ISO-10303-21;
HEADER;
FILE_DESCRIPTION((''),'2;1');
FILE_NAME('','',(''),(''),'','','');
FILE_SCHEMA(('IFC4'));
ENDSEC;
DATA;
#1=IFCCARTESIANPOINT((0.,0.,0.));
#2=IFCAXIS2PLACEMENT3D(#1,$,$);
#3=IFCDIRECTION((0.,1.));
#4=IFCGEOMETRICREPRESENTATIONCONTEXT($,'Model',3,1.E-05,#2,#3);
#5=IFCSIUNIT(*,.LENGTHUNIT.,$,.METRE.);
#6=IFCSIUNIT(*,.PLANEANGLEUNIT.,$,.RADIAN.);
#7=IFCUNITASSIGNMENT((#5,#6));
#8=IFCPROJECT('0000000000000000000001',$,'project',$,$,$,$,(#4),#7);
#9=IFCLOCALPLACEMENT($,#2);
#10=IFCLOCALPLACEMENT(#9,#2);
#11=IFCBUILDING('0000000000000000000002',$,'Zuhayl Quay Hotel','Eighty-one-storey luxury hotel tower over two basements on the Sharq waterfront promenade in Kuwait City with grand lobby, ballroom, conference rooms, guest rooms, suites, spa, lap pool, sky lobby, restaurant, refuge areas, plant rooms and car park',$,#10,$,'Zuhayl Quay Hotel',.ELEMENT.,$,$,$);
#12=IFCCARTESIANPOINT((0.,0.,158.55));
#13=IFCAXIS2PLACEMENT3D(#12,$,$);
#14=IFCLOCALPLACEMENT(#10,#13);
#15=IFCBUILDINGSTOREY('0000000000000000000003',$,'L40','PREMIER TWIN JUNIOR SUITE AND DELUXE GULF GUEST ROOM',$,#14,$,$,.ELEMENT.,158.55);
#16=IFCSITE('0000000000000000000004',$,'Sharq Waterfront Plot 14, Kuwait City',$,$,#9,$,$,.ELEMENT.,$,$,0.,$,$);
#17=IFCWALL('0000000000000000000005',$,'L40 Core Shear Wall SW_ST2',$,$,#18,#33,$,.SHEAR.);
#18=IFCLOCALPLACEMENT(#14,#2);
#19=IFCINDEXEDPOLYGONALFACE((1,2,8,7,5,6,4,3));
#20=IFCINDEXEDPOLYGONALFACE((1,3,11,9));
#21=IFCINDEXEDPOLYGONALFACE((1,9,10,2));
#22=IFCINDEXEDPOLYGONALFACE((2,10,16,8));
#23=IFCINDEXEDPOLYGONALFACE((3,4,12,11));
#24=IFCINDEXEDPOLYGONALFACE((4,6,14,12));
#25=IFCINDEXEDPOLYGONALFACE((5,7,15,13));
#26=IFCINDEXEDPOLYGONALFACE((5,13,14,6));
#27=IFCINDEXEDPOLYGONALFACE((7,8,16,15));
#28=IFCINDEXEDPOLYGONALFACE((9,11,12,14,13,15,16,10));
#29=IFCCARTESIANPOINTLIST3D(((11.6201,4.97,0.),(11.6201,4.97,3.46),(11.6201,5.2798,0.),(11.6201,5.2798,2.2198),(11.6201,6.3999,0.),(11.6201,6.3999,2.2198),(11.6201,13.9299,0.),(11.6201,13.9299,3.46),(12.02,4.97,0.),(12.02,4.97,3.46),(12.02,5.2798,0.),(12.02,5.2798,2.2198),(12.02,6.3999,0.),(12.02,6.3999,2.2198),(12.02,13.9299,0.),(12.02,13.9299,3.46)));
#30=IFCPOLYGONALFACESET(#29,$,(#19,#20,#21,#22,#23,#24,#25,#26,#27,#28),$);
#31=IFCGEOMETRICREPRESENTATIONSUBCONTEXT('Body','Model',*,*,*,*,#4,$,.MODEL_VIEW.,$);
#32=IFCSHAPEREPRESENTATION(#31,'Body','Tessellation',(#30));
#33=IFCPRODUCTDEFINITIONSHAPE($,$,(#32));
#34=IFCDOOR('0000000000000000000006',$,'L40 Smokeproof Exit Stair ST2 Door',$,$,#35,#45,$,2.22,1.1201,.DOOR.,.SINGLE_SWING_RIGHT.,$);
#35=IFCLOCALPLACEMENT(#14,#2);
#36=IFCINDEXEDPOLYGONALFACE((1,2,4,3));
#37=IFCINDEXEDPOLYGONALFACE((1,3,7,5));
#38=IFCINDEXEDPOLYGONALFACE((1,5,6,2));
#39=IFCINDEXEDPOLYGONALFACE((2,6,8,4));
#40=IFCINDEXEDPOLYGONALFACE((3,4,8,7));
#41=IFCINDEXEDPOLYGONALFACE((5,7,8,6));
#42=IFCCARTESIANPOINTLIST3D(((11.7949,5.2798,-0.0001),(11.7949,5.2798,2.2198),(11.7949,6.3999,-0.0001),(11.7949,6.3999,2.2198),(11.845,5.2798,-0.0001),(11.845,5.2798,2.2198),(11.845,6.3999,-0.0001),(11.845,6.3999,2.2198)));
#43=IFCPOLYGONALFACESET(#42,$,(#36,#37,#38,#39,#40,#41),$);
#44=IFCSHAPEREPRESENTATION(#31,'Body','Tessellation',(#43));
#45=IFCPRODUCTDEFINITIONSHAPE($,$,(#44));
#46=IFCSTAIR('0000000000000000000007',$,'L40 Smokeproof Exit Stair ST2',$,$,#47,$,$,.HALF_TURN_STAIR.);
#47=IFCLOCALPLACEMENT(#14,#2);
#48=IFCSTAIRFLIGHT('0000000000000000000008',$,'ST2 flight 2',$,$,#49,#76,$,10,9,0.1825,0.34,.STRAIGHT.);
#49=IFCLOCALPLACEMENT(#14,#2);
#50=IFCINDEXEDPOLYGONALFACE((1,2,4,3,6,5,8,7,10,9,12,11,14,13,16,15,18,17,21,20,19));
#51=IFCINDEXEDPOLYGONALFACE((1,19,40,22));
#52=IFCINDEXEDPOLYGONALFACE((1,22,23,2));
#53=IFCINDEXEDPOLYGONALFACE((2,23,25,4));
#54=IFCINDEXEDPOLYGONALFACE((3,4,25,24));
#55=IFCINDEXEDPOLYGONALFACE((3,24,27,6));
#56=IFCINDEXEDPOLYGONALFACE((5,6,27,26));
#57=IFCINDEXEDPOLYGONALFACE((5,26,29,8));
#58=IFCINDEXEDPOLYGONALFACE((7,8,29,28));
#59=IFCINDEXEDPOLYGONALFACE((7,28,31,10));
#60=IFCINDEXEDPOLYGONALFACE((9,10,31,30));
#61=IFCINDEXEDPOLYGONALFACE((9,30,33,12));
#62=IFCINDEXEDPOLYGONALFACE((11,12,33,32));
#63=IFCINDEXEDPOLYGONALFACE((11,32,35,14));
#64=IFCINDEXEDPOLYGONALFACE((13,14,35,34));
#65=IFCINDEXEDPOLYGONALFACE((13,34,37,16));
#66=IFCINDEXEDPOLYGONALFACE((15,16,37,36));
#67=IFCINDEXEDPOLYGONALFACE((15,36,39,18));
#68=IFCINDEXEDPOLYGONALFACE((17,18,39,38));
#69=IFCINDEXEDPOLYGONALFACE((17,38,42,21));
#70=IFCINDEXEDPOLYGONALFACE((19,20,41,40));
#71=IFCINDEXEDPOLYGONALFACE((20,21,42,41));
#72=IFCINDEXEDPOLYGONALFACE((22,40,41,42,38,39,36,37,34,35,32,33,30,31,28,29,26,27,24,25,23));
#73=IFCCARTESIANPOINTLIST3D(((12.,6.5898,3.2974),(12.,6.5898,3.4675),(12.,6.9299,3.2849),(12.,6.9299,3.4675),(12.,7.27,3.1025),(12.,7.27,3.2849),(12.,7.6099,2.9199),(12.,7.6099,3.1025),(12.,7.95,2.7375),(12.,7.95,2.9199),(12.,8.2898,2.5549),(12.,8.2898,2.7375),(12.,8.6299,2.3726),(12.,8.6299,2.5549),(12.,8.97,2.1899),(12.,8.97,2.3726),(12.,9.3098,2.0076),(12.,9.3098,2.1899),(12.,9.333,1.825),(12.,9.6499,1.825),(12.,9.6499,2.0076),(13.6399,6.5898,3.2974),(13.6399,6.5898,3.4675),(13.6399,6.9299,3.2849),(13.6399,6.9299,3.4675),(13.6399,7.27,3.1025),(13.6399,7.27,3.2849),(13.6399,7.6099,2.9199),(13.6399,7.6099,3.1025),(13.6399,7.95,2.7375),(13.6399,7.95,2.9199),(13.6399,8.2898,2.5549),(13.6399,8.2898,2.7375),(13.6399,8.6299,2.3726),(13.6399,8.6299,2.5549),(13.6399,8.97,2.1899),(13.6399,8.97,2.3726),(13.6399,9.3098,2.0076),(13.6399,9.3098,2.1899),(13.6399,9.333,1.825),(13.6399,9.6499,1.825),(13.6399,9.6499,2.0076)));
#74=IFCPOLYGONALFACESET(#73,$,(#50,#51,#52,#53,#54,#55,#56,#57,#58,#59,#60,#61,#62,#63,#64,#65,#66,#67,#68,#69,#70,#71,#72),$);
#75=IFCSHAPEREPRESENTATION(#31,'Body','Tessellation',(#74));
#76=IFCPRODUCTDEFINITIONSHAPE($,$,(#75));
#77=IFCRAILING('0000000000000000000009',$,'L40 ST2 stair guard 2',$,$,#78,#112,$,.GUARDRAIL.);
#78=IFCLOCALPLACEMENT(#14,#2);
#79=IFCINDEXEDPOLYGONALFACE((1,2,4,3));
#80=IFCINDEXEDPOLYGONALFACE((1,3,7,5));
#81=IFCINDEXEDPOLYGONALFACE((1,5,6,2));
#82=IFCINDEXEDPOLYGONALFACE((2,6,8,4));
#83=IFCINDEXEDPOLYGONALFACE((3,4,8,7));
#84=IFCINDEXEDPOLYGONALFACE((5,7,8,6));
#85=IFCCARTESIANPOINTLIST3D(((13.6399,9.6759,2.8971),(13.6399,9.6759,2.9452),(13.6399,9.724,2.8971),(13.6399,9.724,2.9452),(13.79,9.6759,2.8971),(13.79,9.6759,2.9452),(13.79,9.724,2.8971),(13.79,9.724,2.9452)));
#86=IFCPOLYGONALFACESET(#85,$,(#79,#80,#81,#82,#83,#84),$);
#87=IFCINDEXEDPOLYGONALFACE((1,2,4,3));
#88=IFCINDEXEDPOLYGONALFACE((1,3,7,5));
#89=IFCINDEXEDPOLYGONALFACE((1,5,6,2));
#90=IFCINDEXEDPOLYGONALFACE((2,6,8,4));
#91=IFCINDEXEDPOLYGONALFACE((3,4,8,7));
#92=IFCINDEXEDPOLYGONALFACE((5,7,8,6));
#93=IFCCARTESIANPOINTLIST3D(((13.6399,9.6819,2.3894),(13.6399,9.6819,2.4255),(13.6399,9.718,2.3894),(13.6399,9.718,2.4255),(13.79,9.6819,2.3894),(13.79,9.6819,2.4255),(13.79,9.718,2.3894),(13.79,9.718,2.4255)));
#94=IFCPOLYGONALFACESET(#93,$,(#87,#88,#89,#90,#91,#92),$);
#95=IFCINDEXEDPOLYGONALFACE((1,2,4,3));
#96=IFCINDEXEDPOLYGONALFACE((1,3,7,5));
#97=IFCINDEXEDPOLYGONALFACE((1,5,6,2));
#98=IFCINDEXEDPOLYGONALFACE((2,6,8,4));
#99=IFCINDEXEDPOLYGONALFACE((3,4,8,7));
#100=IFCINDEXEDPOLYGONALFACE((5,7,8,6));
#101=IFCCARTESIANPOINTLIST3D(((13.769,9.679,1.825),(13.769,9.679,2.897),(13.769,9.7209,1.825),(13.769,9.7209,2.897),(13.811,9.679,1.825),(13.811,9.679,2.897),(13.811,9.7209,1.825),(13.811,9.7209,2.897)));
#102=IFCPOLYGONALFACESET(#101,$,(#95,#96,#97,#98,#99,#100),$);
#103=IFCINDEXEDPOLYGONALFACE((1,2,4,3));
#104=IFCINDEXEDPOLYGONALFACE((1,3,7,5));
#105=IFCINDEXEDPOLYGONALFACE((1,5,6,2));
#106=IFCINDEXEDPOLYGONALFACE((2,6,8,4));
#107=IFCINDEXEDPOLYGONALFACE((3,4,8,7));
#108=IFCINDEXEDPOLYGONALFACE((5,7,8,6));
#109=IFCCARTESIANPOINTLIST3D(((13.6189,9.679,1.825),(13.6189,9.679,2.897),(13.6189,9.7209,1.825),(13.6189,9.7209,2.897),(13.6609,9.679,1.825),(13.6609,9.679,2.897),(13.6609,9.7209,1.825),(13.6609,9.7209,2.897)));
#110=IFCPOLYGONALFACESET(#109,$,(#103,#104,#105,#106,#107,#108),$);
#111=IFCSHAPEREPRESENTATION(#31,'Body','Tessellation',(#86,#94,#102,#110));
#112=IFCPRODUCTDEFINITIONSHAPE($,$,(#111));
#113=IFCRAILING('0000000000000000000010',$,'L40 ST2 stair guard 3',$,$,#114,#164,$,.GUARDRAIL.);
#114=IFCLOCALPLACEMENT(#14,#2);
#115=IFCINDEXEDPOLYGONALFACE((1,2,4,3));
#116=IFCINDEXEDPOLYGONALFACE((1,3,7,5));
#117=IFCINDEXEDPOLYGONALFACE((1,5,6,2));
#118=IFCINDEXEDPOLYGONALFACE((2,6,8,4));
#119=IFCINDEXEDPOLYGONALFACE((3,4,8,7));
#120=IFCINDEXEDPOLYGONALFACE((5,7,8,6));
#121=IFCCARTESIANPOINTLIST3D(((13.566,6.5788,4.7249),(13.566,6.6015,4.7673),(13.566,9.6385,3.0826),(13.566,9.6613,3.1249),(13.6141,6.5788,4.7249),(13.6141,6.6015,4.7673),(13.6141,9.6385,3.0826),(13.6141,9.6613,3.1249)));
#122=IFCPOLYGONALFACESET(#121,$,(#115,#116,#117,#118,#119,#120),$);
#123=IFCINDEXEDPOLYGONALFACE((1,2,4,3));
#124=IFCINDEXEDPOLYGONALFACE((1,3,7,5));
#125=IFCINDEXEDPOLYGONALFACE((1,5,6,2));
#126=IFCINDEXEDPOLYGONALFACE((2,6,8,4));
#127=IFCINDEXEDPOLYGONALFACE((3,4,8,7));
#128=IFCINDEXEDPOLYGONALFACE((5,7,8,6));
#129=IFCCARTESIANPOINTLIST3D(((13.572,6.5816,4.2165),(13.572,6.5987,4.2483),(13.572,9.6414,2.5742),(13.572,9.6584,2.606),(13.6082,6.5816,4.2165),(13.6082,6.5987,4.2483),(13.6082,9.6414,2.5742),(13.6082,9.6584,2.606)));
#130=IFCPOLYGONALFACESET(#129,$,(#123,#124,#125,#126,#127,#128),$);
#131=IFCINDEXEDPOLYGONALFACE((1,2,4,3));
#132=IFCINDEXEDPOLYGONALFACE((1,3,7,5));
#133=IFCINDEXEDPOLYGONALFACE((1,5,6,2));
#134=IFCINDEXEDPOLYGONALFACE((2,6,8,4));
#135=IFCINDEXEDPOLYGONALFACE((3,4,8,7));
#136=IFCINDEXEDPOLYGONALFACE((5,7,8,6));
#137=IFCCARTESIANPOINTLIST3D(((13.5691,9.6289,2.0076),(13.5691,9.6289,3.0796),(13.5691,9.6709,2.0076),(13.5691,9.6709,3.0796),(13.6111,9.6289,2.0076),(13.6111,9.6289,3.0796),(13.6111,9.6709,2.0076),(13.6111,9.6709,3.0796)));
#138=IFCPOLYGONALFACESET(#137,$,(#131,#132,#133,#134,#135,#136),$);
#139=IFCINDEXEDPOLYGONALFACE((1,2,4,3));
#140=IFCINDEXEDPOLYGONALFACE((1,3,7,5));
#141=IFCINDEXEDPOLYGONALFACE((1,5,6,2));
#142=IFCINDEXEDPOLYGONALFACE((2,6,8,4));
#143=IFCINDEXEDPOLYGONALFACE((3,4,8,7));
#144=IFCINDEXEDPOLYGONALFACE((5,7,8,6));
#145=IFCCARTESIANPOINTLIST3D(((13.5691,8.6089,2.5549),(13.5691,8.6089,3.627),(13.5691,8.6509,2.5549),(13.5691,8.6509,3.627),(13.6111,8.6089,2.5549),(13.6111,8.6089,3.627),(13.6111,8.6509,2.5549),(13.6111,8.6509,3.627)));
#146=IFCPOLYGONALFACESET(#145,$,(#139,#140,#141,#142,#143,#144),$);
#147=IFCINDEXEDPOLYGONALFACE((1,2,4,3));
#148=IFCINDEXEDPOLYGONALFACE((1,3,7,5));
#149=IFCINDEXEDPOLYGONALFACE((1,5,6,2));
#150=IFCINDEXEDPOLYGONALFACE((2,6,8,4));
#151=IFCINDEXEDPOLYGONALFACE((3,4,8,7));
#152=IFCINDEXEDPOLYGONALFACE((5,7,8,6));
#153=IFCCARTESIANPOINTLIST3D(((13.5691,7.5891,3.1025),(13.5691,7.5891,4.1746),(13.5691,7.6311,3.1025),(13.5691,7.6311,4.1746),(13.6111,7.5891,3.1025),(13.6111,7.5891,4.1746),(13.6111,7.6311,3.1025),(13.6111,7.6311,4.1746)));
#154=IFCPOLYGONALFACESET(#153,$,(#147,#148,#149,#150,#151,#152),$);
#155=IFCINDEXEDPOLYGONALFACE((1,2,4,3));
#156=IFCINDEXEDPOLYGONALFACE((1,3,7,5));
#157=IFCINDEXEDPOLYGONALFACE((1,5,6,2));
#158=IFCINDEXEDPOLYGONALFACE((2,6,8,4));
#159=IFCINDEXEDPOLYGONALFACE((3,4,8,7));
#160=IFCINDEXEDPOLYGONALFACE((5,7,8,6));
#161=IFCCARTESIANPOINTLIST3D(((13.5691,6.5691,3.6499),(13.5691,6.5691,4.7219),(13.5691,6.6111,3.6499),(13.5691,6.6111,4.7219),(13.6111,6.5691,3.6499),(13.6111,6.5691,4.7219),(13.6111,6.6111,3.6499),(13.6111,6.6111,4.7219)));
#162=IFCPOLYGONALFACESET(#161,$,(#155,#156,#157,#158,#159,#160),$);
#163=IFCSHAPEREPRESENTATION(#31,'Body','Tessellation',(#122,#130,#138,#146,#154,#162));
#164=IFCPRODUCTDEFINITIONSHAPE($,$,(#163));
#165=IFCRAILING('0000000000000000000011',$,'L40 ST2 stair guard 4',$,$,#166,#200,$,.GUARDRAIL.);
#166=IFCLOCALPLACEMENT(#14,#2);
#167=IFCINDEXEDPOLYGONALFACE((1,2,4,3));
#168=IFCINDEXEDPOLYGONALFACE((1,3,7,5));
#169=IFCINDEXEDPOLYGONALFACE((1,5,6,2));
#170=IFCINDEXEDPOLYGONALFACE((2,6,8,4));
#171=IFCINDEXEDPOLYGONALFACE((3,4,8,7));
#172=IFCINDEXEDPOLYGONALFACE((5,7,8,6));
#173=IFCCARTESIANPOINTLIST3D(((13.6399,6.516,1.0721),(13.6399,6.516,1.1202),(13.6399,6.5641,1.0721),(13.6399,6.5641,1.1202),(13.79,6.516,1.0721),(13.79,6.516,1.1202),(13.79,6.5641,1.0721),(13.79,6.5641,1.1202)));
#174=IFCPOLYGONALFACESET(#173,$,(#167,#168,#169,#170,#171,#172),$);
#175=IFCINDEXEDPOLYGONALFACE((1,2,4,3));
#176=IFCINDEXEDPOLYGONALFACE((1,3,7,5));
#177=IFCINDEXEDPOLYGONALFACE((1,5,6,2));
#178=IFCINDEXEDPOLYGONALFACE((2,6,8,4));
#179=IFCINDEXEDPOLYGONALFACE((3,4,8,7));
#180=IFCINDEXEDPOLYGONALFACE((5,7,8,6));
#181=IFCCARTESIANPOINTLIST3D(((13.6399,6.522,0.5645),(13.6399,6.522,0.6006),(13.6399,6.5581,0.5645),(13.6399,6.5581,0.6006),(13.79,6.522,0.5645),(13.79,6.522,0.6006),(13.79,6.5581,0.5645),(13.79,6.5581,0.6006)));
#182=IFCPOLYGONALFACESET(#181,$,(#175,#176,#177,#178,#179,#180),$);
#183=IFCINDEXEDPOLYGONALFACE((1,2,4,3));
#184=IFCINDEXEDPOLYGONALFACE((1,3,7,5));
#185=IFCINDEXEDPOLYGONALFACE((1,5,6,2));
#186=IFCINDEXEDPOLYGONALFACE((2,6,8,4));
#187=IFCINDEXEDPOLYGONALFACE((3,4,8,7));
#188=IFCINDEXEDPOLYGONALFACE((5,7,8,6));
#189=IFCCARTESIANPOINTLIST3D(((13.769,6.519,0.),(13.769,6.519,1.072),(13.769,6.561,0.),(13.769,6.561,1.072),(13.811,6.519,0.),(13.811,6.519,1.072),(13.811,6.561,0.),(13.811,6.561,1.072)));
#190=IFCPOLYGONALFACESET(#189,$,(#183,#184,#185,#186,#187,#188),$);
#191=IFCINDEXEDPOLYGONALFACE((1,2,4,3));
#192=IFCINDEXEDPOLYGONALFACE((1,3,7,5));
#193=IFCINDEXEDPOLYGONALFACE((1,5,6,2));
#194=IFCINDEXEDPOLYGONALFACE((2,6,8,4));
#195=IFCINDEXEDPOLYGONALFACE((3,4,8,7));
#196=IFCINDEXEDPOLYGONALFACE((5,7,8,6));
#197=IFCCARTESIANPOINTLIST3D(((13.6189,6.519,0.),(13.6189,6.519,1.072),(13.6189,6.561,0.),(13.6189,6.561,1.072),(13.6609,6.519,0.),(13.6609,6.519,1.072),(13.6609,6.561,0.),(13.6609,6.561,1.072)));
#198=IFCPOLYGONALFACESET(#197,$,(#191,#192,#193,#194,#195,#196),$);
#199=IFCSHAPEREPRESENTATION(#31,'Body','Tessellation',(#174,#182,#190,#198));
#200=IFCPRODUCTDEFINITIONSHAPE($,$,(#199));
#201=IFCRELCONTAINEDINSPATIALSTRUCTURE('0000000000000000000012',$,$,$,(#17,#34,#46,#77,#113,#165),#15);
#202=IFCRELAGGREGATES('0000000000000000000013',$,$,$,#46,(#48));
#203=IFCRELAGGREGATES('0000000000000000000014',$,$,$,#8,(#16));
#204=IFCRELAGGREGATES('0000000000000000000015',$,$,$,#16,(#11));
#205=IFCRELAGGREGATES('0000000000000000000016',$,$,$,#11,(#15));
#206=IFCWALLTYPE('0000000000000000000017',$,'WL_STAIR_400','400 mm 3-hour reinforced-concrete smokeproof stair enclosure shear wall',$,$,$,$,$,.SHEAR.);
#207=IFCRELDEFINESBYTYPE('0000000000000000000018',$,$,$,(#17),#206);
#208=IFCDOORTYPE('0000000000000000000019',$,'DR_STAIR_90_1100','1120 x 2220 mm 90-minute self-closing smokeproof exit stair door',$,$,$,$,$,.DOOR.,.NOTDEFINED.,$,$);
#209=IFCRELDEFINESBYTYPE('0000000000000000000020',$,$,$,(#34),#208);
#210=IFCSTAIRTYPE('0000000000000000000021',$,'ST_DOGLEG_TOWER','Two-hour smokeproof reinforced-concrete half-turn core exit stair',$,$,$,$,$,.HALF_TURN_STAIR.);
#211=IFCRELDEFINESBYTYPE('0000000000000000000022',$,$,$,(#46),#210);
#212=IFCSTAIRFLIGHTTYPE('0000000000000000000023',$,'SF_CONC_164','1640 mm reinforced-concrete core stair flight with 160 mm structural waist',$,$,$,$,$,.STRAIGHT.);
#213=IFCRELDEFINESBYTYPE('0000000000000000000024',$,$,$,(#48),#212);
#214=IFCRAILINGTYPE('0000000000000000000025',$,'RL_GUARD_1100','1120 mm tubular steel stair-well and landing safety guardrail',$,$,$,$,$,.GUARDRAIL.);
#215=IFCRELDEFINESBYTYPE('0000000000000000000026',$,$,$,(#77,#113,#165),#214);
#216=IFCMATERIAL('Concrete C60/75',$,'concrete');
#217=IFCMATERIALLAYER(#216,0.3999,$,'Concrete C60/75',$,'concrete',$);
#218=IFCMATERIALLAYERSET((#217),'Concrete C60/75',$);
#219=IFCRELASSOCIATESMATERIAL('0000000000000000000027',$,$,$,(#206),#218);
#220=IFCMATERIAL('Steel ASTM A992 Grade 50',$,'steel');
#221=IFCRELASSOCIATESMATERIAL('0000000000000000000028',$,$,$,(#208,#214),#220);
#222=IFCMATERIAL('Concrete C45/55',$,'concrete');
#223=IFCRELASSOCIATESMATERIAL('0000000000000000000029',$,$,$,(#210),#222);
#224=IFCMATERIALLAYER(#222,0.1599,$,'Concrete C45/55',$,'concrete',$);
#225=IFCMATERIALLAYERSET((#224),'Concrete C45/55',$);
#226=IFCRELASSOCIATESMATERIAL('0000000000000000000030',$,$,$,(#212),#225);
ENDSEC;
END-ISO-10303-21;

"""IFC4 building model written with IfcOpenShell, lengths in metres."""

from ifc_helpers import new_model, si_unit, direction, frame, frame_2d, origin, origin_2d, place, context, subcontext, project, spatial, polyline, rectangle, outline, extrude, material, layer, layer_set, type_object, element, fill, aggregate, save


model = new_model("IFC4")

# Units and contexts
model_context = context("Model", 3, precision=1e-05, world=origin(), true_north=direction((0.0, 1.0)))
body_context = subcontext(model_context, "Body", "Model", "MODEL_VIEW")
ifc_project = project(units=[si_unit("LENGTHUNIT", "METRE"), si_unit("PLANEANGLEUNIT", "RADIAN")], contexts=[model_context])

# Site, building, storey
site_placement = place(None, origin())
site = spatial("IfcSite", under=ifc_project, at=site_placement, Name="Sharq Waterfront Plot 14, Kuwait City", CompositionType="ELEMENT", RefElevation=0.0)
building_placement = place(site_placement, origin())
building = spatial("IfcBuilding", under=site, at=building_placement, Name="Zuhayl Quay Hotel", Description="Eighty-one-storey luxury hotel tower over two basements on the Sharq waterfront promenade in Kuwait City with grand lobby, ballroom, conference rooms, guest rooms, suites, spa, lap pool, sky lobby, restaurant, refuge areas, plant rooms and car park", LongName="Zuhayl Quay Hotel", CompositionType="ELEMENT")
storey_placement = place(building_placement, frame((0.0, 0.0, 158.55)))
storey = spatial("IfcBuildingStorey", under=building, at=storey_placement, Name="L40", Description="PREMIER TWIN JUNIOR SUITE AND DELUXE GULF GUEST ROOM", CompositionType="ELEMENT", Elevation=158.55)

# Shared definitions
ifc_material_1 = material(Name="Concrete C60/75", Category="concrete")

# Shared definitions
ifc_material_2 = material(Name="Steel ASTM A992 Grade 50", Category="steel")

# Wall, opening, door
ifc_layer_1 = layer(ifc_material_1, 0.3999, Name="Concrete C60/75", Category="concrete")
ifc_layer_set_1 = layer_set([ifc_layer_1], Name="Concrete C60/75")
wall_type_1 = type_object("IfcWallType", Name="WL_STAIR_400", Description="400 mm 3-hour reinforced-concrete smokeproof stair enclosure shear wall", PredefinedType="SHEAR", material=ifc_layer_set_1)
wall_1_placement = place(storey_placement, frame((11.8201, 13.9299, 0.0), z_axis=(0.0, 0.0, 1.0), x_axis=(0.0, -1.0, 0.0)))
wall_1 = element("IfcWall", 1, at=wall_1_placement, inside=storey, type_object=wall_type_1, Name="L40 Core Shear Wall SW_ST2", PredefinedType="SHEAR", context=body_context, shape_type="SweptSolid", body=[
    extrude(rectangle(XDim=8.96, YDim=0.3999, at=frame_2d((4.48, 0.0))), origin(), (0.0, 0.0, 1.0), 3.46),
])
opening_1_placement = place(wall_1_placement, frame((7.53, 0.0, 0.0)))
opening_1 = element("IfcOpeningElement", 2, at=opening_1_placement, cuts=wall_1, PredefinedType="OPENING", context=body_context, shape_type="SweptSolid", body=[
    extrude(rectangle(XDim=1.1201, YDim=2.22, at=frame_2d((0.5601, 1.1099))), frame((0.0, 0.21, 0.0), z_axis=(0.0, -1.0, 0.0), x_axis=(1.0, 0.0, 0.0)), (0.0, 0.0, 1.0), 0.4199),
])
door_type_1 = type_object("IfcDoorType", Name="DR_STAIR_90_1100", Description="1120 x 2220 mm 90-minute self-closing smokeproof exit stair door", OperationType="NOTDEFINED", PredefinedType="DOOR", material=ifc_material_2)
door_1_placement = place(opening_1_placement, origin())
door_1 = element("IfcDoor", 3, at=door_1_placement, inside=storey, type_object=door_type_1, Name="L40 Smokeproof Exit Stair ST2 Door", OperationType="SINGLE_SWING_RIGHT", OverallHeight=2.22, OverallWidth=1.1201, PredefinedType="DOOR", context=body_context, shape_type="SweptSolid", body=[
    extrude(rectangle(XDim=1.1201, YDim=2.22, at=frame_2d((0.5601, 1.1099))), frame((0.0, 0.0249, 0.0), z_axis=(0.0, -1.0, 0.0), x_axis=(1.0, 0.0, 0.0)), (0.0, 0.0, 1.0), 0.05),
])
fill(opening_1, door_1)

# Stair, stair flight
ifc_material_3 = material(Name="Concrete C45/55", Category="concrete")
stair_type = type_object("IfcStairType", Name="ST_DOGLEG_TOWER", Description="Two-hour smokeproof reinforced-concrete half-turn core exit stair", PredefinedType="HALF_TURN_STAIR", material=ifc_material_3)
stair_placement = place(storey_placement, origin())
stair = element("IfcStair", 4, at=stair_placement, inside=storey, type_object=stair_type, Name="L40 Smokeproof Exit Stair ST2", PredefinedType="HALF_TURN_STAIR")
ifc_layer_2 = layer(ifc_material_3, 0.1599, Name="Concrete C45/55", Category="concrete")
ifc_layer_set_2 = layer_set([ifc_layer_2], Name="Concrete C45/55")
stair_flight_type = type_object("IfcStairFlightType", Name="SF_CONC_164", Description="1640 mm reinforced-concrete core stair flight with 160 mm structural waist", PredefinedType="STRAIGHT", material=ifc_layer_set_2)
stair_flight_placement = place(storey_placement, frame((12.8201, 9.6499, 1.825), z_axis=(0.0, 0.0, 1.0), x_axis=(0.0, -1.0, 0.0)))
stair_flight = element("IfcStairFlight", 5, at=stair_flight_placement, type_object=stair_flight_type, Name="ST2 flight 2", NumberOfRisers=10, NumberOfTreads=9, PredefinedType="STRAIGHT", RiserHeight=0.1825, TreadLength=0.34, context=body_context, shape_type="SweptSolid", body=[
    extrude(outline(polyline([(0.0, 0.0), (0.0, 0.1826), (0.3401, 0.1826), (0.3401, 0.365), (0.6799, 0.365), (0.6799, 0.5476), (1.02, 0.5476), (1.02, 0.73), (1.3601, 0.73), (1.3601, 0.9126), (1.7, 0.9126), (1.7, 1.095), (2.04, 1.095), (2.04, 1.2776), (2.3799, 1.2776), (2.3799, 1.46), (2.72, 1.46), (2.72, 1.6426), (3.0601, 1.6426), (3.0601, 1.825), (3.0601, 1.4724), (0.3169, 0.0), (0.0, 0.0)])), frame((0.0, 0.8198, 0.0), z_axis=(0.0, -1.0, 0.0), x_axis=(1.0, 0.0, 0.0)), (0.0, 0.0, 1.0), 1.6399),
])
aggregate(stair, [stair_flight])

# Railings
railing_type_1 = type_object("IfcRailingType", Name="RL_GUARD_1100", Description="1120 mm tubular steel stair-well and landing safety guardrail", PredefinedType="GUARDRAIL", material=ifc_material_2)
railing_1_placement = place(storey_placement, frame((13.79, 9.7, 1.825)))
element("IfcRailing", 6, at=railing_1_placement, inside=storey, type_object=railing_type_1, Name="L40 ST2 stair guard 2", PredefinedType="GUARDRAIL", context=body_context, shape_type="SweptSolid", body=[
    extrude(rectangle(XDim=0.0481, YDim=0.0481, at=origin_2d()), frame((0.0, 0.0, 1.0962), z_axis=(-1.0, 0.0, 0.0), x_axis=(0.0, -1.0, 0.0)), (0.0, 0.0, 1.0), 0.1501),
    extrude(rectangle(XDim=0.0361, YDim=0.0361, at=origin_2d()), frame((0.0, 0.0, 0.5825), z_axis=(-1.0, 0.0, 0.0), x_axis=(0.0, -1.0, 0.0)), (0.0, 0.0, 1.0), 0.1501),
    extrude(rectangle(XDim=0.042, YDim=0.042, at=origin_2d()), origin(), (0.0, 0.0, 1.0), 1.072),
    extrude(rectangle(XDim=0.042, YDim=0.042, at=origin_2d()), frame((-0.1501, 0.0, 0.0)), (0.0, 0.0, 1.0), 1.072),
])
railing_2_placement = place(storey_placement, frame((13.5901, 9.6499, 2.0076)))
element("IfcRailing", 7, at=railing_2_placement, inside=storey, type_object=railing_type_1, Name="L40 ST2 stair guard 3", PredefinedType="GUARDRAIL", context=body_context, shape_type="SweptSolid", body=[
    extrude(rectangle(XDim=0.0481, YDim=0.0481, at=origin_2d()), frame((0.0, 0.0, 1.0962), z_axis=(0.0, -0.881102, 0.472926), x_axis=(1.0, 0.0, 0.0)), (0.0, 0.0, 1.0), 3.4727),
    extrude(rectangle(XDim=0.0361, YDim=0.0361, at=origin_2d()), frame((0.0, 0.0, 0.5825), z_axis=(0.0, -0.881102, 0.472926), x_axis=(1.0, 0.0, 0.0)), (0.0, 0.0, 1.0), 3.4727),
    extrude(rectangle(XDim=0.042, YDim=0.042, at=origin_2d()), origin(), (0.0, 0.0, 1.0), 1.072),
    extrude(rectangle(XDim=0.042, YDim=0.042, at=origin_2d()), frame((0.0, -1.02, 0.5474)), (0.0, 0.0, 1.0), 1.072),
    extrude(rectangle(XDim=0.042, YDim=0.042, at=origin_2d()), frame((0.0, -2.0398, 1.095)), (0.0, 0.0, 1.0), 1.072),
    extrude(rectangle(XDim=0.042, YDim=0.042, at=origin_2d()), frame((0.0, -3.0598, 1.6423)), (0.0, 0.0, 1.0), 1.072),
])
railing_3_placement = place(storey_placement, frame((13.79, 6.54, 0.0)))
element("IfcRailing", 8, at=railing_3_placement, inside=storey, type_object=railing_type_1, Name="L40 ST2 stair guard 4", PredefinedType="GUARDRAIL", context=body_context, shape_type="SweptSolid", body=[
    extrude(rectangle(XDim=0.0481, YDim=0.0481, at=origin_2d()), frame((0.0, 0.0, 1.0962), z_axis=(-1.0, 0.0, 0.0), x_axis=(0.0, -1.0, 0.0)), (0.0, 0.0, 1.0), 0.1501),
    extrude(rectangle(XDim=0.0361, YDim=0.0361, at=origin_2d()), frame((0.0, 0.0, 0.5825), z_axis=(-1.0, 0.0, 0.0), x_axis=(0.0, -1.0, 0.0)), (0.0, 0.0, 1.0), 0.1501),
    extrude(rectangle(XDim=0.042, YDim=0.042, at=origin_2d()), origin(), (0.0, 0.0, 1.0), 1.072),
    extrude(rectangle(XDim=0.042, YDim=0.042, at=origin_2d()), frame((-0.1501, 0.0, 0.0)), (0.0, 0.0, 1.0), 1.072),
])

save(model, "model.ifc")
